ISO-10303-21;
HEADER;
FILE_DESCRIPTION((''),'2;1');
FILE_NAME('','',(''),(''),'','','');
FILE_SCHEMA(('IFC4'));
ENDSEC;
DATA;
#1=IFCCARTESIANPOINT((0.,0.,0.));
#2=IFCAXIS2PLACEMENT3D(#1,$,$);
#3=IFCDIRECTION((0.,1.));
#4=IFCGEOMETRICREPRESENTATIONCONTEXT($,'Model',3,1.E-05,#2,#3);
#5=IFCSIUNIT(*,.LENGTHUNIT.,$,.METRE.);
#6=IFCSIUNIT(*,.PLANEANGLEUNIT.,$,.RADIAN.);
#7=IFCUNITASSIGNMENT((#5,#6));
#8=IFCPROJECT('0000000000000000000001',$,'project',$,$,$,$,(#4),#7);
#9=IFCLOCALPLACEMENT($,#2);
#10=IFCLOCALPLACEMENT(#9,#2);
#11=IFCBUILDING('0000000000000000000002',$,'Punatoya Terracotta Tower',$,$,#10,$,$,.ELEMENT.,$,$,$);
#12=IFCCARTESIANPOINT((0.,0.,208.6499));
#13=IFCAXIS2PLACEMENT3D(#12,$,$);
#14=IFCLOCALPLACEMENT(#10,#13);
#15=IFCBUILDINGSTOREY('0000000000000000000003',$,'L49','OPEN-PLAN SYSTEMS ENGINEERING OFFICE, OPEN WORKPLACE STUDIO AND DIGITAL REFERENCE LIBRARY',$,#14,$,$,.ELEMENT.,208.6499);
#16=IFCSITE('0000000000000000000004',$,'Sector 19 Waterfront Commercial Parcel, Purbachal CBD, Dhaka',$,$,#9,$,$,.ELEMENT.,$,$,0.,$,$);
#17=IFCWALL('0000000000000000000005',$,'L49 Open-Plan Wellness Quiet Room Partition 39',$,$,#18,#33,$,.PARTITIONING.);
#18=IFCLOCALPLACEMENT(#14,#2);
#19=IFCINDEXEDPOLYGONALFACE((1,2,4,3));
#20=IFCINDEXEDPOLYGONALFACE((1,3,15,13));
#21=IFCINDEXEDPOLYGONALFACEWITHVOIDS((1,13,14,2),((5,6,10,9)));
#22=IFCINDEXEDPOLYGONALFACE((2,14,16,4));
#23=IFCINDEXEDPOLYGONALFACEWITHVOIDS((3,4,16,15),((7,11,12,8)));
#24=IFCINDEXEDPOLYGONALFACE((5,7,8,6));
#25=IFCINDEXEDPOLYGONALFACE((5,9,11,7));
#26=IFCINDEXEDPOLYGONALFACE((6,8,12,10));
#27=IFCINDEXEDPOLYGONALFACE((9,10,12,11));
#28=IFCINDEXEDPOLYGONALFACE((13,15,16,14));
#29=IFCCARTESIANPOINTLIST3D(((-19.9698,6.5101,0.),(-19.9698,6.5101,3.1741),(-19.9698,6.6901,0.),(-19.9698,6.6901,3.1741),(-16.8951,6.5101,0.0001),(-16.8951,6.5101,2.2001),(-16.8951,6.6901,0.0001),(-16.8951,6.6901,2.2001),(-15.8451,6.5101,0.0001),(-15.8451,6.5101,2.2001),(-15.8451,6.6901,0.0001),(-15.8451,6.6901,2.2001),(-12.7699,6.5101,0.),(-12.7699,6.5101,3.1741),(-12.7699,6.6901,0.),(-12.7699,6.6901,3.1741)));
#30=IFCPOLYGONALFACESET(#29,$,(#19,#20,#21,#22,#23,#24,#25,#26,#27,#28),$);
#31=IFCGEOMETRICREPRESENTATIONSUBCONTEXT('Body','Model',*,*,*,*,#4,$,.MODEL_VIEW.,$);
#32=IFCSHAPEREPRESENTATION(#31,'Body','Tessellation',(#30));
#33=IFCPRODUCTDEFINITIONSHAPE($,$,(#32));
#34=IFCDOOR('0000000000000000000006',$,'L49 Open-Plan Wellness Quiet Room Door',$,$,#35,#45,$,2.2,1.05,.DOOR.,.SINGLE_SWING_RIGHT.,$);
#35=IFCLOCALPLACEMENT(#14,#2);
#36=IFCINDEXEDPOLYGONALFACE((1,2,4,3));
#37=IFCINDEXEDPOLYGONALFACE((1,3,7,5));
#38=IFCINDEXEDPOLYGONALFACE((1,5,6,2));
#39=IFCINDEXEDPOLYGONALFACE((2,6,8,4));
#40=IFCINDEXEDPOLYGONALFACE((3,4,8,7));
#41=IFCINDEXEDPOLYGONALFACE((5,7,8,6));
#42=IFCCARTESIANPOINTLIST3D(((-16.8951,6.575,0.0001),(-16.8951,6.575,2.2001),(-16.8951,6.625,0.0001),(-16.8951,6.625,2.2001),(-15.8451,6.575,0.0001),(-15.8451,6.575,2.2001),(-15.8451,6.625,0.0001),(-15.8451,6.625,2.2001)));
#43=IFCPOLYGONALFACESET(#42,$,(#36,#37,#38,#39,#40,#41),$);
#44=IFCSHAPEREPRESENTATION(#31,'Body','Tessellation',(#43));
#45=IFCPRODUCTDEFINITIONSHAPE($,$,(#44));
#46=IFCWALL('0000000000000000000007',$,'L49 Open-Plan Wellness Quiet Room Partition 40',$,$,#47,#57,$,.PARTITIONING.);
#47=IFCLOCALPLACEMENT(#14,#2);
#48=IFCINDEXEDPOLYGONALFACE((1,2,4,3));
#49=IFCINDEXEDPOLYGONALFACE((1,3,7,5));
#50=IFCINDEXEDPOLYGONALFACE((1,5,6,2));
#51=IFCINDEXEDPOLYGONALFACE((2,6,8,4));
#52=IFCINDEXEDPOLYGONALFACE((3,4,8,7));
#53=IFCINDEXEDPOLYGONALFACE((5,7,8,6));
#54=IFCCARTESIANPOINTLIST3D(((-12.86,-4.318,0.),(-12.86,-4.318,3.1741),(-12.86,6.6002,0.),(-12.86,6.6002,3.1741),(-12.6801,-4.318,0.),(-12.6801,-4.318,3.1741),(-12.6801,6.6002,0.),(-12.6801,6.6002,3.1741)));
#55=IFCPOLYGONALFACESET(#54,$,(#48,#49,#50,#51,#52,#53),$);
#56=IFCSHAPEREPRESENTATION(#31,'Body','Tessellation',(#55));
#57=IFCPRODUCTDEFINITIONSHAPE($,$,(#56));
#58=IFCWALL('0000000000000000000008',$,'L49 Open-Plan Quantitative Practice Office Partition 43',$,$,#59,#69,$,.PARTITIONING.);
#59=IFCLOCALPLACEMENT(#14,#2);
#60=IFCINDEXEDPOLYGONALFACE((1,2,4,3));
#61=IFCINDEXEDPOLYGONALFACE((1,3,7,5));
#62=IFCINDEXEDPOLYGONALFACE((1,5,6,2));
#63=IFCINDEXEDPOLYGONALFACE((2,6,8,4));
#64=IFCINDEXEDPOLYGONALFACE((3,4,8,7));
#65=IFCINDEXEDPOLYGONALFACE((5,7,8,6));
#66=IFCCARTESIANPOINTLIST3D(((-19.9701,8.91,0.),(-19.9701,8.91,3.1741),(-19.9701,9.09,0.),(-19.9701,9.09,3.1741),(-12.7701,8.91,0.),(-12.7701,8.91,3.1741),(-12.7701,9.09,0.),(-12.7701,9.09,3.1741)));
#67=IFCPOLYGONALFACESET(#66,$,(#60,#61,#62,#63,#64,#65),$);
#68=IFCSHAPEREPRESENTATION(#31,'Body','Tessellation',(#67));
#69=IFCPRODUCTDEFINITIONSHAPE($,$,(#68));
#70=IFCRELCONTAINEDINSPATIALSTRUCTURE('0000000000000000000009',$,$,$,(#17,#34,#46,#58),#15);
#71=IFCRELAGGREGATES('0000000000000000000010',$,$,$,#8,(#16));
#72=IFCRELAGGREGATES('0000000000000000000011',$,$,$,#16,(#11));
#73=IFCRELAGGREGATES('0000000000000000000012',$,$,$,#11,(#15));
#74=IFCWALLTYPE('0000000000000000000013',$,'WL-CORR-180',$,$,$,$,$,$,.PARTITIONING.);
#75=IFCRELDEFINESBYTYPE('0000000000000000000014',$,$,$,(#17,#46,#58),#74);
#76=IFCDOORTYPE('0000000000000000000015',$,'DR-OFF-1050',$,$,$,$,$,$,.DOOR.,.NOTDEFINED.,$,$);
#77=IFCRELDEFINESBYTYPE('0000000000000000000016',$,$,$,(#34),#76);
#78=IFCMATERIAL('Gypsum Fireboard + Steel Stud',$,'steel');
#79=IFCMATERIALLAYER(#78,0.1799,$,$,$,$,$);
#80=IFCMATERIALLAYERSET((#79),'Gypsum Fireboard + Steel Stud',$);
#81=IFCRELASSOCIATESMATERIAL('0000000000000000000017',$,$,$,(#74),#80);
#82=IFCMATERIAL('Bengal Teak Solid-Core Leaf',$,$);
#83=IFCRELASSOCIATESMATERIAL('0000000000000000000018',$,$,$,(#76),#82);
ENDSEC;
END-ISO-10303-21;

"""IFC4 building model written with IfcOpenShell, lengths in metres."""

from ifc_helpers import new_model, si_unit, direction, frame, frame_2d, origin, place, context, subcontext, project, spatial, rectangle, extrude, material, layer, layer_set, type_object, element, fill, save


model = new_model("IFC4")

# Units and contexts
model_context = context("Model", 3, precision=1e-05, world=origin(), true_north=direction((0.0, 1.0)))
body_context = subcontext(model_context, "Body", "Model", "MODEL_VIEW")
ifc_project = project(units=[si_unit("LENGTHUNIT", "METRE"), si_unit("PLANEANGLEUNIT", "RADIAN")], contexts=[model_context])

# Site, building, storey
site_placement = place(None, origin())
site = spatial("IfcSite", under=ifc_project, at=site_placement, Name="Sector 19 Waterfront Commercial Parcel, Purbachal CBD, Dhaka", CompositionType="ELEMENT", RefElevation=0.0)
building_placement = place(site_placement, origin())
building = spatial("IfcBuilding", under=site, at=building_placement, Name="Punatoya Terracotta Tower", CompositionType="ELEMENT")
storey_placement = place(building_placement, frame((0.0, 0.0, 208.6499)))
storey = spatial("IfcBuildingStorey", under=building, at=storey_placement, Name="L49", Description="OPEN-PLAN SYSTEMS ENGINEERING OFFICE, OPEN WORKPLACE STUDIO AND DIGITAL REFERENCE LIBRARY", CompositionType="ELEMENT", Elevation=208.6499)

# Wall, opening, door
ifc_material_1 = material(Name="Gypsum Fireboard + Steel Stud", Category="steel")
ifc_layer_1 = layer(ifc_material_1, 0.1799)
ifc_layer_set_1 = layer_set([ifc_layer_1], Name="Gypsum Fireboard + Steel Stud")
wall_type = type_object("IfcWallType", Name="WL-CORR-180", PredefinedType="PARTITIONING", material=ifc_layer_set_1)
wall_1_placement = place(storey_placement, frame((-19.97, 6.6001, 0.0), z_axis=(0.0, 0.0, 1.0), x_axis=(1.0, 0.0, 0.0)))
wall_1 = element("IfcWall", 1, at=wall_1_placement, inside=storey, type_object=wall_type, Name="L49 Open-Plan Wellness Quiet Room Partition 39", PredefinedType="PARTITIONING", context=body_context, shape_type="SweptSolid", body=[
    extrude(rectangle(XDim=7.2, YDim=0.1799, at=frame_2d((3.6001, 0.0))), origin(), (0.0, 0.0, 1.0), 3.1741),
])
opening_placement = place(wall_1_placement, frame((3.075, 0.0, 0.0)))
opening = element("IfcOpeningElement", 2, at=opening_placement, cuts=wall_1, PredefinedType="OPENING", context=body_context, shape_type="SweptSolid", body=[
    extrude(rectangle(XDim=1.05, YDim=2.2, at=frame_2d((0.5249, 1.1001))), frame((0.0, 0.0999, 0.0), z_axis=(0.0, -1.0, 0.0), x_axis=(1.0, 0.0, 0.0)), (0.0, 0.0, 1.0), 0.2),
])
ifc_material_2 = material(Name="Bengal Teak Solid-Core Leaf")
door_type = type_object("IfcDoorType", Name="DR-OFF-1050", OperationType="NOTDEFINED", PredefinedType="DOOR", material=ifc_material_2)
door_placement = place(opening_placement, origin())
door = element("IfcDoor", 3, at=door_placement, inside=storey, type_object=door_type, Name="L49 Open-Plan Wellness Quiet Room Door", OperationType="SINGLE_SWING_RIGHT", OverallHeight=2.2, OverallWidth=1.05, PredefinedType="DOOR", context=body_context, shape_type="SweptSolid", body=[
    extrude(rectangle(XDim=1.05, YDim=2.2, at=frame_2d((0.5249, 1.1001))), frame((0.0, 0.0249, 0.0), z_axis=(0.0, -1.0, 0.0), x_axis=(1.0, 0.0, 0.0)), (0.0, 0.0, 1.0), 0.05),
])
fill(opening, door)

# Walls
wall_2_placement = place(storey_placement, frame((-12.77, 6.6001, 0.0), z_axis=(0.0, 0.0, 1.0), x_axis=(0.0, -1.0, 0.0)))
element("IfcWall", 4, at=wall_2_placement, inside=storey, type_object=wall_type, Name="L49 Open-Plan Wellness Quiet Room Partition 40", PredefinedType="PARTITIONING", context=body_context, shape_type="SweptSolid", body=[
    extrude(rectangle(XDim=10.9182, YDim=0.1799, at=frame_2d((5.459, 0.0))), origin(), (0.0, 0.0, 1.0), 3.1741),
])
wall_3_placement = place(storey_placement, frame((-12.77, 9.0, 0.0), z_axis=(0.0, 0.0, 1.0), x_axis=(-1.0, 0.0, 0.0)))
element("IfcWall", 5, at=wall_3_placement, inside=storey, type_object=wall_type, Name="L49 Open-Plan Quantitative Practice Office Partition 43", PredefinedType="PARTITIONING", context=body_context, shape_type="SweptSolid", body=[
    extrude(rectangle(XDim=7.2, YDim=0.1799, at=frame_2d((3.6001, 0.0))), origin(), (0.0, 0.0, 1.0), 3.1741),
])

save(model, "model.ifc")
